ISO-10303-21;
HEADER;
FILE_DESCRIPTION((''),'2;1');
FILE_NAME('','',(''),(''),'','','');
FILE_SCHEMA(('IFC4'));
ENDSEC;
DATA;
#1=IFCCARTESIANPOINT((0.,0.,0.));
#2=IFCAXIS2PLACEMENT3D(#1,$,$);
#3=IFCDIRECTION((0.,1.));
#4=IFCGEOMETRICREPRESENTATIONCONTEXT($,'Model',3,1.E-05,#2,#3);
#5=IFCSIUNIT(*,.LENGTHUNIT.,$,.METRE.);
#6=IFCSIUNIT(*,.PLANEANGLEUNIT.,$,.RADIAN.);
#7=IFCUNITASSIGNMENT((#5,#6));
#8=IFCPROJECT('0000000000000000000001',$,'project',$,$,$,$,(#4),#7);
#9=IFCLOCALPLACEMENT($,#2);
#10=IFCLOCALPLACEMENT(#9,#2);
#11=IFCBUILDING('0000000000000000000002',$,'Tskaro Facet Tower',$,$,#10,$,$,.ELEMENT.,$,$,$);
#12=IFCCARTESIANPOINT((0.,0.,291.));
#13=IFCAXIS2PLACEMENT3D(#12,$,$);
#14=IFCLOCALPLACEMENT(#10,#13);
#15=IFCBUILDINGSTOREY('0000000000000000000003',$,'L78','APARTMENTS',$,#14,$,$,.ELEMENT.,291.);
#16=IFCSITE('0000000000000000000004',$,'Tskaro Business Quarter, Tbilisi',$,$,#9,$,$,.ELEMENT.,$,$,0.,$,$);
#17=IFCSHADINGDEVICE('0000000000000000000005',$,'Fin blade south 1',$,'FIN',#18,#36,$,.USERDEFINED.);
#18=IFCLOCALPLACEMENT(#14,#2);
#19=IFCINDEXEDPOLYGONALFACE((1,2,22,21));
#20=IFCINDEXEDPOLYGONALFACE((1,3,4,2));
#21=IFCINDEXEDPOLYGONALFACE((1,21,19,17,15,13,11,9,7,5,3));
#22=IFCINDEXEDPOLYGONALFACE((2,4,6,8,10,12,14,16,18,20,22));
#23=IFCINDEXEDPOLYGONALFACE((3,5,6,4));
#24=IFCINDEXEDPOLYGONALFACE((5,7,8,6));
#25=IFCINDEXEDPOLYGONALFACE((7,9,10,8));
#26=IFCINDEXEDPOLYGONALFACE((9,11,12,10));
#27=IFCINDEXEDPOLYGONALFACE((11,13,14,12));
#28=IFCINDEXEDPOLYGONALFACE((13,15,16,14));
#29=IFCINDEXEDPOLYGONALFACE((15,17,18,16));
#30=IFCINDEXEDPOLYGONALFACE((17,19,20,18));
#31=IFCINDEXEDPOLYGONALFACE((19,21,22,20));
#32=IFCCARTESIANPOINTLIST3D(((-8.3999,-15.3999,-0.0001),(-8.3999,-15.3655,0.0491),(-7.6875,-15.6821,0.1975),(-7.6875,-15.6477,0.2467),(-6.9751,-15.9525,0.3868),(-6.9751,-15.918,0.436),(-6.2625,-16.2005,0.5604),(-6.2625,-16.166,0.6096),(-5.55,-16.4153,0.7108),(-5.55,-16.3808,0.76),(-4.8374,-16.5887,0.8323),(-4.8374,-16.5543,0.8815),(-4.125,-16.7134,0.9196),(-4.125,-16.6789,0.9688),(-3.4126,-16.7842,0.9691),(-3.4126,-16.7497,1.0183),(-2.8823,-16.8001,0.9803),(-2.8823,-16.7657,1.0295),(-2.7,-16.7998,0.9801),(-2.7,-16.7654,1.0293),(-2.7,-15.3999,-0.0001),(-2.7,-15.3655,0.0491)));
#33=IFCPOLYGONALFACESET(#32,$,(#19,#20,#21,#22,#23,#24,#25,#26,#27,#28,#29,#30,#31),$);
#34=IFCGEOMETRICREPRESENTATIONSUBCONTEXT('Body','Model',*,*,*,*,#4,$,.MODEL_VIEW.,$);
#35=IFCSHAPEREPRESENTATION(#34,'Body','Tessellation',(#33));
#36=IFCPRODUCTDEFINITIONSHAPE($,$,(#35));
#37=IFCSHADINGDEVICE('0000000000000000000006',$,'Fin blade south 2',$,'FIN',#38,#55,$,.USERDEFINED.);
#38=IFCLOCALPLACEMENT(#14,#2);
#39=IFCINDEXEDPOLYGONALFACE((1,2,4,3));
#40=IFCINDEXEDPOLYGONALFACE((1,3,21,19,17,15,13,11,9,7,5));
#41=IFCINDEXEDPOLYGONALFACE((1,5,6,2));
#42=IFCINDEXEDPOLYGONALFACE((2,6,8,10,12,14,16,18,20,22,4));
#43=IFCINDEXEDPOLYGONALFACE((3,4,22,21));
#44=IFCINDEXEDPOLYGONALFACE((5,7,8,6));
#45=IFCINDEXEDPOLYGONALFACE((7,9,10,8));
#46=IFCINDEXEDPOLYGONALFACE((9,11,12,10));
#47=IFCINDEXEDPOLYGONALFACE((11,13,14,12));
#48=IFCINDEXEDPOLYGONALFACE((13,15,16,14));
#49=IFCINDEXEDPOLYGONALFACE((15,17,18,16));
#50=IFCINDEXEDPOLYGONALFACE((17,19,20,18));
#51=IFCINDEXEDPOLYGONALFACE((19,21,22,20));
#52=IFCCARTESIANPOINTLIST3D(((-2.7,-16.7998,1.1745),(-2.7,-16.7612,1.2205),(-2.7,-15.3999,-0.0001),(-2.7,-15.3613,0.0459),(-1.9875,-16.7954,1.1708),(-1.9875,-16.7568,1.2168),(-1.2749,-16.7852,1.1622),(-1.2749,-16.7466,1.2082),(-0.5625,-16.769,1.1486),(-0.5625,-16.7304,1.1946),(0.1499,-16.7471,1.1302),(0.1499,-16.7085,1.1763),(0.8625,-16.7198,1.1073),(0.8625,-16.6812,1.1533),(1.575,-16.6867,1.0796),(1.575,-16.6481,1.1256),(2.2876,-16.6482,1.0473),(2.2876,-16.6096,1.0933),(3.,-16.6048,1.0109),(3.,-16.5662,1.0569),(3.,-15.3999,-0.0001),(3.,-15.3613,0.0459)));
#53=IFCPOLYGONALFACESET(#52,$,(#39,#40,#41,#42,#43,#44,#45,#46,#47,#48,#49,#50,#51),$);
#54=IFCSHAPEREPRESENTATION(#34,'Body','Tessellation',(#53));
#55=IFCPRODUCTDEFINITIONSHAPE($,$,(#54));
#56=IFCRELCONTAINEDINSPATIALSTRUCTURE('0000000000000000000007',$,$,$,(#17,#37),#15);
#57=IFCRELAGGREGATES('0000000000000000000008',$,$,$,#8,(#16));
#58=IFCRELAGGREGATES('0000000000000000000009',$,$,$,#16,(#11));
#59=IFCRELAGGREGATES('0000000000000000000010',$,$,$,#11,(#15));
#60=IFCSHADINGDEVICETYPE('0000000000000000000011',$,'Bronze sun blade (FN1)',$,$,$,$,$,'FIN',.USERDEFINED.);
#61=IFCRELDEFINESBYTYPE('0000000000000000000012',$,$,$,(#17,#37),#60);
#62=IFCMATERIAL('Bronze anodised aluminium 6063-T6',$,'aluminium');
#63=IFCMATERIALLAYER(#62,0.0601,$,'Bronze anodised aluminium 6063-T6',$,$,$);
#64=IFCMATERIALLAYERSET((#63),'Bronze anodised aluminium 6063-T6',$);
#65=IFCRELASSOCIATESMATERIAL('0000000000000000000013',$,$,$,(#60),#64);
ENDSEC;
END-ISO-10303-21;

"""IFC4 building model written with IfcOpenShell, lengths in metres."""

from ifc_helpers import new_model, si_unit, direction, frame, origin, place, context, subcontext, project, spatial, polyline, outline, extrude, material, layer, layer_set, type_object, element, save


model = new_model("IFC4")

# Units and contexts
model_context = context("Model", 3, precision=1e-05, world=origin(), true_north=direction((0.0, 1.0)))
body_context = subcontext(model_context, "Body", "Model", "MODEL_VIEW")
ifc_project = project(units=[si_unit("LENGTHUNIT", "METRE"), si_unit("PLANEANGLEUNIT", "RADIAN")], contexts=[model_context])

# Site, building, storey
site_placement = place(None, origin())
site = spatial("IfcSite", under=ifc_project, at=site_placement, Name="Tskaro Business Quarter, Tbilisi", CompositionType="ELEMENT", RefElevation=0.0)
building_placement = place(site_placement, origin())
building = spatial("IfcBuilding", under=site, at=building_placement, Name="Tskaro Facet Tower", CompositionType="ELEMENT")
storey_placement = place(building_placement, frame((0.0, 0.0, 291.0)))
storey = spatial("IfcBuildingStorey", under=building, at=storey_placement, Name="L78", Description="APARTMENTS", CompositionType="ELEMENT", Elevation=291.0)

# Shared definitions
ifc_material_1 = material(Name="Bronze anodised aluminium 6063-T6", Category="aluminium")

# Shading devices
ifc_layer_1 = layer(ifc_material_1, 0.0601, Name="Bronze anodised aluminium 6063-T6")
ifc_layer_set_1 = layer_set([ifc_layer_1], Name="Bronze anodised aluminium 6063-T6")
shading_device_type = type_object("IfcShadingDeviceType", Name="Bronze sun blade (FN1)", ElementType="FIN", PredefinedType="USERDEFINED", material=ifc_layer_set_1)
shading_device_1_placement = place(storey_placement, frame((-8.3999, -15.3655, 0.0491), z_axis=(0.000002, 0.573584, 0.819147), x_axis=(1.0, -0.000001, -0.000001)))
element("IfcShadingDevice", 1, at=shading_device_1_placement, inside=storey, type_object=shading_device_type, Name="Fin blade south 1", ObjectType="FIN", PredefinedType="USERDEFINED", context=body_context, shape_type="SweptSolid", body=[
    extrude(outline(polyline([(0.0, 0.0), (5.7, 0.0), (5.7, -1.709), (5.5176, -1.7093), (4.9873, -1.6899), (4.2749, -1.6034), (3.5625, -1.4513), (2.8499, -1.2395), (2.1375, -0.9773), (1.4248, -0.6745), (0.7124, -0.3445), (0.0, 0.0)])), origin(), (0.0, 0.0, -1.0), 0.0601),
])
shading_device_2_placement = place(storey_placement, frame((-2.7, -15.3613, 0.0459), z_axis=(-0.000006, 0.64276, 0.766068), x_axis=(1.0, 0.000004, 0.000004)))
element("IfcShadingDevice", 2, at=shading_device_2_placement, inside=storey, type_object=shading_device_type, Name="Fin blade south 2", ObjectType="FIN", PredefinedType="USERDEFINED", context=body_context, shape_type="SweptSolid", body=[
    extrude(outline(polyline([(0.0, 0.0), (5.7, 0.0), (5.7, -1.5728), (4.9875, -1.6295), (4.2749, -1.6797), (3.5625, -1.7229), (2.8499, -1.7586), (2.1375, -1.7872), (1.425, -1.8083), (0.7124, -1.8217), (0.0, -1.8274), (0.0, 0.0)])), origin(), (0.0, 0.0, -1.0), 0.0601),
])

save(model, "model.ifc")
